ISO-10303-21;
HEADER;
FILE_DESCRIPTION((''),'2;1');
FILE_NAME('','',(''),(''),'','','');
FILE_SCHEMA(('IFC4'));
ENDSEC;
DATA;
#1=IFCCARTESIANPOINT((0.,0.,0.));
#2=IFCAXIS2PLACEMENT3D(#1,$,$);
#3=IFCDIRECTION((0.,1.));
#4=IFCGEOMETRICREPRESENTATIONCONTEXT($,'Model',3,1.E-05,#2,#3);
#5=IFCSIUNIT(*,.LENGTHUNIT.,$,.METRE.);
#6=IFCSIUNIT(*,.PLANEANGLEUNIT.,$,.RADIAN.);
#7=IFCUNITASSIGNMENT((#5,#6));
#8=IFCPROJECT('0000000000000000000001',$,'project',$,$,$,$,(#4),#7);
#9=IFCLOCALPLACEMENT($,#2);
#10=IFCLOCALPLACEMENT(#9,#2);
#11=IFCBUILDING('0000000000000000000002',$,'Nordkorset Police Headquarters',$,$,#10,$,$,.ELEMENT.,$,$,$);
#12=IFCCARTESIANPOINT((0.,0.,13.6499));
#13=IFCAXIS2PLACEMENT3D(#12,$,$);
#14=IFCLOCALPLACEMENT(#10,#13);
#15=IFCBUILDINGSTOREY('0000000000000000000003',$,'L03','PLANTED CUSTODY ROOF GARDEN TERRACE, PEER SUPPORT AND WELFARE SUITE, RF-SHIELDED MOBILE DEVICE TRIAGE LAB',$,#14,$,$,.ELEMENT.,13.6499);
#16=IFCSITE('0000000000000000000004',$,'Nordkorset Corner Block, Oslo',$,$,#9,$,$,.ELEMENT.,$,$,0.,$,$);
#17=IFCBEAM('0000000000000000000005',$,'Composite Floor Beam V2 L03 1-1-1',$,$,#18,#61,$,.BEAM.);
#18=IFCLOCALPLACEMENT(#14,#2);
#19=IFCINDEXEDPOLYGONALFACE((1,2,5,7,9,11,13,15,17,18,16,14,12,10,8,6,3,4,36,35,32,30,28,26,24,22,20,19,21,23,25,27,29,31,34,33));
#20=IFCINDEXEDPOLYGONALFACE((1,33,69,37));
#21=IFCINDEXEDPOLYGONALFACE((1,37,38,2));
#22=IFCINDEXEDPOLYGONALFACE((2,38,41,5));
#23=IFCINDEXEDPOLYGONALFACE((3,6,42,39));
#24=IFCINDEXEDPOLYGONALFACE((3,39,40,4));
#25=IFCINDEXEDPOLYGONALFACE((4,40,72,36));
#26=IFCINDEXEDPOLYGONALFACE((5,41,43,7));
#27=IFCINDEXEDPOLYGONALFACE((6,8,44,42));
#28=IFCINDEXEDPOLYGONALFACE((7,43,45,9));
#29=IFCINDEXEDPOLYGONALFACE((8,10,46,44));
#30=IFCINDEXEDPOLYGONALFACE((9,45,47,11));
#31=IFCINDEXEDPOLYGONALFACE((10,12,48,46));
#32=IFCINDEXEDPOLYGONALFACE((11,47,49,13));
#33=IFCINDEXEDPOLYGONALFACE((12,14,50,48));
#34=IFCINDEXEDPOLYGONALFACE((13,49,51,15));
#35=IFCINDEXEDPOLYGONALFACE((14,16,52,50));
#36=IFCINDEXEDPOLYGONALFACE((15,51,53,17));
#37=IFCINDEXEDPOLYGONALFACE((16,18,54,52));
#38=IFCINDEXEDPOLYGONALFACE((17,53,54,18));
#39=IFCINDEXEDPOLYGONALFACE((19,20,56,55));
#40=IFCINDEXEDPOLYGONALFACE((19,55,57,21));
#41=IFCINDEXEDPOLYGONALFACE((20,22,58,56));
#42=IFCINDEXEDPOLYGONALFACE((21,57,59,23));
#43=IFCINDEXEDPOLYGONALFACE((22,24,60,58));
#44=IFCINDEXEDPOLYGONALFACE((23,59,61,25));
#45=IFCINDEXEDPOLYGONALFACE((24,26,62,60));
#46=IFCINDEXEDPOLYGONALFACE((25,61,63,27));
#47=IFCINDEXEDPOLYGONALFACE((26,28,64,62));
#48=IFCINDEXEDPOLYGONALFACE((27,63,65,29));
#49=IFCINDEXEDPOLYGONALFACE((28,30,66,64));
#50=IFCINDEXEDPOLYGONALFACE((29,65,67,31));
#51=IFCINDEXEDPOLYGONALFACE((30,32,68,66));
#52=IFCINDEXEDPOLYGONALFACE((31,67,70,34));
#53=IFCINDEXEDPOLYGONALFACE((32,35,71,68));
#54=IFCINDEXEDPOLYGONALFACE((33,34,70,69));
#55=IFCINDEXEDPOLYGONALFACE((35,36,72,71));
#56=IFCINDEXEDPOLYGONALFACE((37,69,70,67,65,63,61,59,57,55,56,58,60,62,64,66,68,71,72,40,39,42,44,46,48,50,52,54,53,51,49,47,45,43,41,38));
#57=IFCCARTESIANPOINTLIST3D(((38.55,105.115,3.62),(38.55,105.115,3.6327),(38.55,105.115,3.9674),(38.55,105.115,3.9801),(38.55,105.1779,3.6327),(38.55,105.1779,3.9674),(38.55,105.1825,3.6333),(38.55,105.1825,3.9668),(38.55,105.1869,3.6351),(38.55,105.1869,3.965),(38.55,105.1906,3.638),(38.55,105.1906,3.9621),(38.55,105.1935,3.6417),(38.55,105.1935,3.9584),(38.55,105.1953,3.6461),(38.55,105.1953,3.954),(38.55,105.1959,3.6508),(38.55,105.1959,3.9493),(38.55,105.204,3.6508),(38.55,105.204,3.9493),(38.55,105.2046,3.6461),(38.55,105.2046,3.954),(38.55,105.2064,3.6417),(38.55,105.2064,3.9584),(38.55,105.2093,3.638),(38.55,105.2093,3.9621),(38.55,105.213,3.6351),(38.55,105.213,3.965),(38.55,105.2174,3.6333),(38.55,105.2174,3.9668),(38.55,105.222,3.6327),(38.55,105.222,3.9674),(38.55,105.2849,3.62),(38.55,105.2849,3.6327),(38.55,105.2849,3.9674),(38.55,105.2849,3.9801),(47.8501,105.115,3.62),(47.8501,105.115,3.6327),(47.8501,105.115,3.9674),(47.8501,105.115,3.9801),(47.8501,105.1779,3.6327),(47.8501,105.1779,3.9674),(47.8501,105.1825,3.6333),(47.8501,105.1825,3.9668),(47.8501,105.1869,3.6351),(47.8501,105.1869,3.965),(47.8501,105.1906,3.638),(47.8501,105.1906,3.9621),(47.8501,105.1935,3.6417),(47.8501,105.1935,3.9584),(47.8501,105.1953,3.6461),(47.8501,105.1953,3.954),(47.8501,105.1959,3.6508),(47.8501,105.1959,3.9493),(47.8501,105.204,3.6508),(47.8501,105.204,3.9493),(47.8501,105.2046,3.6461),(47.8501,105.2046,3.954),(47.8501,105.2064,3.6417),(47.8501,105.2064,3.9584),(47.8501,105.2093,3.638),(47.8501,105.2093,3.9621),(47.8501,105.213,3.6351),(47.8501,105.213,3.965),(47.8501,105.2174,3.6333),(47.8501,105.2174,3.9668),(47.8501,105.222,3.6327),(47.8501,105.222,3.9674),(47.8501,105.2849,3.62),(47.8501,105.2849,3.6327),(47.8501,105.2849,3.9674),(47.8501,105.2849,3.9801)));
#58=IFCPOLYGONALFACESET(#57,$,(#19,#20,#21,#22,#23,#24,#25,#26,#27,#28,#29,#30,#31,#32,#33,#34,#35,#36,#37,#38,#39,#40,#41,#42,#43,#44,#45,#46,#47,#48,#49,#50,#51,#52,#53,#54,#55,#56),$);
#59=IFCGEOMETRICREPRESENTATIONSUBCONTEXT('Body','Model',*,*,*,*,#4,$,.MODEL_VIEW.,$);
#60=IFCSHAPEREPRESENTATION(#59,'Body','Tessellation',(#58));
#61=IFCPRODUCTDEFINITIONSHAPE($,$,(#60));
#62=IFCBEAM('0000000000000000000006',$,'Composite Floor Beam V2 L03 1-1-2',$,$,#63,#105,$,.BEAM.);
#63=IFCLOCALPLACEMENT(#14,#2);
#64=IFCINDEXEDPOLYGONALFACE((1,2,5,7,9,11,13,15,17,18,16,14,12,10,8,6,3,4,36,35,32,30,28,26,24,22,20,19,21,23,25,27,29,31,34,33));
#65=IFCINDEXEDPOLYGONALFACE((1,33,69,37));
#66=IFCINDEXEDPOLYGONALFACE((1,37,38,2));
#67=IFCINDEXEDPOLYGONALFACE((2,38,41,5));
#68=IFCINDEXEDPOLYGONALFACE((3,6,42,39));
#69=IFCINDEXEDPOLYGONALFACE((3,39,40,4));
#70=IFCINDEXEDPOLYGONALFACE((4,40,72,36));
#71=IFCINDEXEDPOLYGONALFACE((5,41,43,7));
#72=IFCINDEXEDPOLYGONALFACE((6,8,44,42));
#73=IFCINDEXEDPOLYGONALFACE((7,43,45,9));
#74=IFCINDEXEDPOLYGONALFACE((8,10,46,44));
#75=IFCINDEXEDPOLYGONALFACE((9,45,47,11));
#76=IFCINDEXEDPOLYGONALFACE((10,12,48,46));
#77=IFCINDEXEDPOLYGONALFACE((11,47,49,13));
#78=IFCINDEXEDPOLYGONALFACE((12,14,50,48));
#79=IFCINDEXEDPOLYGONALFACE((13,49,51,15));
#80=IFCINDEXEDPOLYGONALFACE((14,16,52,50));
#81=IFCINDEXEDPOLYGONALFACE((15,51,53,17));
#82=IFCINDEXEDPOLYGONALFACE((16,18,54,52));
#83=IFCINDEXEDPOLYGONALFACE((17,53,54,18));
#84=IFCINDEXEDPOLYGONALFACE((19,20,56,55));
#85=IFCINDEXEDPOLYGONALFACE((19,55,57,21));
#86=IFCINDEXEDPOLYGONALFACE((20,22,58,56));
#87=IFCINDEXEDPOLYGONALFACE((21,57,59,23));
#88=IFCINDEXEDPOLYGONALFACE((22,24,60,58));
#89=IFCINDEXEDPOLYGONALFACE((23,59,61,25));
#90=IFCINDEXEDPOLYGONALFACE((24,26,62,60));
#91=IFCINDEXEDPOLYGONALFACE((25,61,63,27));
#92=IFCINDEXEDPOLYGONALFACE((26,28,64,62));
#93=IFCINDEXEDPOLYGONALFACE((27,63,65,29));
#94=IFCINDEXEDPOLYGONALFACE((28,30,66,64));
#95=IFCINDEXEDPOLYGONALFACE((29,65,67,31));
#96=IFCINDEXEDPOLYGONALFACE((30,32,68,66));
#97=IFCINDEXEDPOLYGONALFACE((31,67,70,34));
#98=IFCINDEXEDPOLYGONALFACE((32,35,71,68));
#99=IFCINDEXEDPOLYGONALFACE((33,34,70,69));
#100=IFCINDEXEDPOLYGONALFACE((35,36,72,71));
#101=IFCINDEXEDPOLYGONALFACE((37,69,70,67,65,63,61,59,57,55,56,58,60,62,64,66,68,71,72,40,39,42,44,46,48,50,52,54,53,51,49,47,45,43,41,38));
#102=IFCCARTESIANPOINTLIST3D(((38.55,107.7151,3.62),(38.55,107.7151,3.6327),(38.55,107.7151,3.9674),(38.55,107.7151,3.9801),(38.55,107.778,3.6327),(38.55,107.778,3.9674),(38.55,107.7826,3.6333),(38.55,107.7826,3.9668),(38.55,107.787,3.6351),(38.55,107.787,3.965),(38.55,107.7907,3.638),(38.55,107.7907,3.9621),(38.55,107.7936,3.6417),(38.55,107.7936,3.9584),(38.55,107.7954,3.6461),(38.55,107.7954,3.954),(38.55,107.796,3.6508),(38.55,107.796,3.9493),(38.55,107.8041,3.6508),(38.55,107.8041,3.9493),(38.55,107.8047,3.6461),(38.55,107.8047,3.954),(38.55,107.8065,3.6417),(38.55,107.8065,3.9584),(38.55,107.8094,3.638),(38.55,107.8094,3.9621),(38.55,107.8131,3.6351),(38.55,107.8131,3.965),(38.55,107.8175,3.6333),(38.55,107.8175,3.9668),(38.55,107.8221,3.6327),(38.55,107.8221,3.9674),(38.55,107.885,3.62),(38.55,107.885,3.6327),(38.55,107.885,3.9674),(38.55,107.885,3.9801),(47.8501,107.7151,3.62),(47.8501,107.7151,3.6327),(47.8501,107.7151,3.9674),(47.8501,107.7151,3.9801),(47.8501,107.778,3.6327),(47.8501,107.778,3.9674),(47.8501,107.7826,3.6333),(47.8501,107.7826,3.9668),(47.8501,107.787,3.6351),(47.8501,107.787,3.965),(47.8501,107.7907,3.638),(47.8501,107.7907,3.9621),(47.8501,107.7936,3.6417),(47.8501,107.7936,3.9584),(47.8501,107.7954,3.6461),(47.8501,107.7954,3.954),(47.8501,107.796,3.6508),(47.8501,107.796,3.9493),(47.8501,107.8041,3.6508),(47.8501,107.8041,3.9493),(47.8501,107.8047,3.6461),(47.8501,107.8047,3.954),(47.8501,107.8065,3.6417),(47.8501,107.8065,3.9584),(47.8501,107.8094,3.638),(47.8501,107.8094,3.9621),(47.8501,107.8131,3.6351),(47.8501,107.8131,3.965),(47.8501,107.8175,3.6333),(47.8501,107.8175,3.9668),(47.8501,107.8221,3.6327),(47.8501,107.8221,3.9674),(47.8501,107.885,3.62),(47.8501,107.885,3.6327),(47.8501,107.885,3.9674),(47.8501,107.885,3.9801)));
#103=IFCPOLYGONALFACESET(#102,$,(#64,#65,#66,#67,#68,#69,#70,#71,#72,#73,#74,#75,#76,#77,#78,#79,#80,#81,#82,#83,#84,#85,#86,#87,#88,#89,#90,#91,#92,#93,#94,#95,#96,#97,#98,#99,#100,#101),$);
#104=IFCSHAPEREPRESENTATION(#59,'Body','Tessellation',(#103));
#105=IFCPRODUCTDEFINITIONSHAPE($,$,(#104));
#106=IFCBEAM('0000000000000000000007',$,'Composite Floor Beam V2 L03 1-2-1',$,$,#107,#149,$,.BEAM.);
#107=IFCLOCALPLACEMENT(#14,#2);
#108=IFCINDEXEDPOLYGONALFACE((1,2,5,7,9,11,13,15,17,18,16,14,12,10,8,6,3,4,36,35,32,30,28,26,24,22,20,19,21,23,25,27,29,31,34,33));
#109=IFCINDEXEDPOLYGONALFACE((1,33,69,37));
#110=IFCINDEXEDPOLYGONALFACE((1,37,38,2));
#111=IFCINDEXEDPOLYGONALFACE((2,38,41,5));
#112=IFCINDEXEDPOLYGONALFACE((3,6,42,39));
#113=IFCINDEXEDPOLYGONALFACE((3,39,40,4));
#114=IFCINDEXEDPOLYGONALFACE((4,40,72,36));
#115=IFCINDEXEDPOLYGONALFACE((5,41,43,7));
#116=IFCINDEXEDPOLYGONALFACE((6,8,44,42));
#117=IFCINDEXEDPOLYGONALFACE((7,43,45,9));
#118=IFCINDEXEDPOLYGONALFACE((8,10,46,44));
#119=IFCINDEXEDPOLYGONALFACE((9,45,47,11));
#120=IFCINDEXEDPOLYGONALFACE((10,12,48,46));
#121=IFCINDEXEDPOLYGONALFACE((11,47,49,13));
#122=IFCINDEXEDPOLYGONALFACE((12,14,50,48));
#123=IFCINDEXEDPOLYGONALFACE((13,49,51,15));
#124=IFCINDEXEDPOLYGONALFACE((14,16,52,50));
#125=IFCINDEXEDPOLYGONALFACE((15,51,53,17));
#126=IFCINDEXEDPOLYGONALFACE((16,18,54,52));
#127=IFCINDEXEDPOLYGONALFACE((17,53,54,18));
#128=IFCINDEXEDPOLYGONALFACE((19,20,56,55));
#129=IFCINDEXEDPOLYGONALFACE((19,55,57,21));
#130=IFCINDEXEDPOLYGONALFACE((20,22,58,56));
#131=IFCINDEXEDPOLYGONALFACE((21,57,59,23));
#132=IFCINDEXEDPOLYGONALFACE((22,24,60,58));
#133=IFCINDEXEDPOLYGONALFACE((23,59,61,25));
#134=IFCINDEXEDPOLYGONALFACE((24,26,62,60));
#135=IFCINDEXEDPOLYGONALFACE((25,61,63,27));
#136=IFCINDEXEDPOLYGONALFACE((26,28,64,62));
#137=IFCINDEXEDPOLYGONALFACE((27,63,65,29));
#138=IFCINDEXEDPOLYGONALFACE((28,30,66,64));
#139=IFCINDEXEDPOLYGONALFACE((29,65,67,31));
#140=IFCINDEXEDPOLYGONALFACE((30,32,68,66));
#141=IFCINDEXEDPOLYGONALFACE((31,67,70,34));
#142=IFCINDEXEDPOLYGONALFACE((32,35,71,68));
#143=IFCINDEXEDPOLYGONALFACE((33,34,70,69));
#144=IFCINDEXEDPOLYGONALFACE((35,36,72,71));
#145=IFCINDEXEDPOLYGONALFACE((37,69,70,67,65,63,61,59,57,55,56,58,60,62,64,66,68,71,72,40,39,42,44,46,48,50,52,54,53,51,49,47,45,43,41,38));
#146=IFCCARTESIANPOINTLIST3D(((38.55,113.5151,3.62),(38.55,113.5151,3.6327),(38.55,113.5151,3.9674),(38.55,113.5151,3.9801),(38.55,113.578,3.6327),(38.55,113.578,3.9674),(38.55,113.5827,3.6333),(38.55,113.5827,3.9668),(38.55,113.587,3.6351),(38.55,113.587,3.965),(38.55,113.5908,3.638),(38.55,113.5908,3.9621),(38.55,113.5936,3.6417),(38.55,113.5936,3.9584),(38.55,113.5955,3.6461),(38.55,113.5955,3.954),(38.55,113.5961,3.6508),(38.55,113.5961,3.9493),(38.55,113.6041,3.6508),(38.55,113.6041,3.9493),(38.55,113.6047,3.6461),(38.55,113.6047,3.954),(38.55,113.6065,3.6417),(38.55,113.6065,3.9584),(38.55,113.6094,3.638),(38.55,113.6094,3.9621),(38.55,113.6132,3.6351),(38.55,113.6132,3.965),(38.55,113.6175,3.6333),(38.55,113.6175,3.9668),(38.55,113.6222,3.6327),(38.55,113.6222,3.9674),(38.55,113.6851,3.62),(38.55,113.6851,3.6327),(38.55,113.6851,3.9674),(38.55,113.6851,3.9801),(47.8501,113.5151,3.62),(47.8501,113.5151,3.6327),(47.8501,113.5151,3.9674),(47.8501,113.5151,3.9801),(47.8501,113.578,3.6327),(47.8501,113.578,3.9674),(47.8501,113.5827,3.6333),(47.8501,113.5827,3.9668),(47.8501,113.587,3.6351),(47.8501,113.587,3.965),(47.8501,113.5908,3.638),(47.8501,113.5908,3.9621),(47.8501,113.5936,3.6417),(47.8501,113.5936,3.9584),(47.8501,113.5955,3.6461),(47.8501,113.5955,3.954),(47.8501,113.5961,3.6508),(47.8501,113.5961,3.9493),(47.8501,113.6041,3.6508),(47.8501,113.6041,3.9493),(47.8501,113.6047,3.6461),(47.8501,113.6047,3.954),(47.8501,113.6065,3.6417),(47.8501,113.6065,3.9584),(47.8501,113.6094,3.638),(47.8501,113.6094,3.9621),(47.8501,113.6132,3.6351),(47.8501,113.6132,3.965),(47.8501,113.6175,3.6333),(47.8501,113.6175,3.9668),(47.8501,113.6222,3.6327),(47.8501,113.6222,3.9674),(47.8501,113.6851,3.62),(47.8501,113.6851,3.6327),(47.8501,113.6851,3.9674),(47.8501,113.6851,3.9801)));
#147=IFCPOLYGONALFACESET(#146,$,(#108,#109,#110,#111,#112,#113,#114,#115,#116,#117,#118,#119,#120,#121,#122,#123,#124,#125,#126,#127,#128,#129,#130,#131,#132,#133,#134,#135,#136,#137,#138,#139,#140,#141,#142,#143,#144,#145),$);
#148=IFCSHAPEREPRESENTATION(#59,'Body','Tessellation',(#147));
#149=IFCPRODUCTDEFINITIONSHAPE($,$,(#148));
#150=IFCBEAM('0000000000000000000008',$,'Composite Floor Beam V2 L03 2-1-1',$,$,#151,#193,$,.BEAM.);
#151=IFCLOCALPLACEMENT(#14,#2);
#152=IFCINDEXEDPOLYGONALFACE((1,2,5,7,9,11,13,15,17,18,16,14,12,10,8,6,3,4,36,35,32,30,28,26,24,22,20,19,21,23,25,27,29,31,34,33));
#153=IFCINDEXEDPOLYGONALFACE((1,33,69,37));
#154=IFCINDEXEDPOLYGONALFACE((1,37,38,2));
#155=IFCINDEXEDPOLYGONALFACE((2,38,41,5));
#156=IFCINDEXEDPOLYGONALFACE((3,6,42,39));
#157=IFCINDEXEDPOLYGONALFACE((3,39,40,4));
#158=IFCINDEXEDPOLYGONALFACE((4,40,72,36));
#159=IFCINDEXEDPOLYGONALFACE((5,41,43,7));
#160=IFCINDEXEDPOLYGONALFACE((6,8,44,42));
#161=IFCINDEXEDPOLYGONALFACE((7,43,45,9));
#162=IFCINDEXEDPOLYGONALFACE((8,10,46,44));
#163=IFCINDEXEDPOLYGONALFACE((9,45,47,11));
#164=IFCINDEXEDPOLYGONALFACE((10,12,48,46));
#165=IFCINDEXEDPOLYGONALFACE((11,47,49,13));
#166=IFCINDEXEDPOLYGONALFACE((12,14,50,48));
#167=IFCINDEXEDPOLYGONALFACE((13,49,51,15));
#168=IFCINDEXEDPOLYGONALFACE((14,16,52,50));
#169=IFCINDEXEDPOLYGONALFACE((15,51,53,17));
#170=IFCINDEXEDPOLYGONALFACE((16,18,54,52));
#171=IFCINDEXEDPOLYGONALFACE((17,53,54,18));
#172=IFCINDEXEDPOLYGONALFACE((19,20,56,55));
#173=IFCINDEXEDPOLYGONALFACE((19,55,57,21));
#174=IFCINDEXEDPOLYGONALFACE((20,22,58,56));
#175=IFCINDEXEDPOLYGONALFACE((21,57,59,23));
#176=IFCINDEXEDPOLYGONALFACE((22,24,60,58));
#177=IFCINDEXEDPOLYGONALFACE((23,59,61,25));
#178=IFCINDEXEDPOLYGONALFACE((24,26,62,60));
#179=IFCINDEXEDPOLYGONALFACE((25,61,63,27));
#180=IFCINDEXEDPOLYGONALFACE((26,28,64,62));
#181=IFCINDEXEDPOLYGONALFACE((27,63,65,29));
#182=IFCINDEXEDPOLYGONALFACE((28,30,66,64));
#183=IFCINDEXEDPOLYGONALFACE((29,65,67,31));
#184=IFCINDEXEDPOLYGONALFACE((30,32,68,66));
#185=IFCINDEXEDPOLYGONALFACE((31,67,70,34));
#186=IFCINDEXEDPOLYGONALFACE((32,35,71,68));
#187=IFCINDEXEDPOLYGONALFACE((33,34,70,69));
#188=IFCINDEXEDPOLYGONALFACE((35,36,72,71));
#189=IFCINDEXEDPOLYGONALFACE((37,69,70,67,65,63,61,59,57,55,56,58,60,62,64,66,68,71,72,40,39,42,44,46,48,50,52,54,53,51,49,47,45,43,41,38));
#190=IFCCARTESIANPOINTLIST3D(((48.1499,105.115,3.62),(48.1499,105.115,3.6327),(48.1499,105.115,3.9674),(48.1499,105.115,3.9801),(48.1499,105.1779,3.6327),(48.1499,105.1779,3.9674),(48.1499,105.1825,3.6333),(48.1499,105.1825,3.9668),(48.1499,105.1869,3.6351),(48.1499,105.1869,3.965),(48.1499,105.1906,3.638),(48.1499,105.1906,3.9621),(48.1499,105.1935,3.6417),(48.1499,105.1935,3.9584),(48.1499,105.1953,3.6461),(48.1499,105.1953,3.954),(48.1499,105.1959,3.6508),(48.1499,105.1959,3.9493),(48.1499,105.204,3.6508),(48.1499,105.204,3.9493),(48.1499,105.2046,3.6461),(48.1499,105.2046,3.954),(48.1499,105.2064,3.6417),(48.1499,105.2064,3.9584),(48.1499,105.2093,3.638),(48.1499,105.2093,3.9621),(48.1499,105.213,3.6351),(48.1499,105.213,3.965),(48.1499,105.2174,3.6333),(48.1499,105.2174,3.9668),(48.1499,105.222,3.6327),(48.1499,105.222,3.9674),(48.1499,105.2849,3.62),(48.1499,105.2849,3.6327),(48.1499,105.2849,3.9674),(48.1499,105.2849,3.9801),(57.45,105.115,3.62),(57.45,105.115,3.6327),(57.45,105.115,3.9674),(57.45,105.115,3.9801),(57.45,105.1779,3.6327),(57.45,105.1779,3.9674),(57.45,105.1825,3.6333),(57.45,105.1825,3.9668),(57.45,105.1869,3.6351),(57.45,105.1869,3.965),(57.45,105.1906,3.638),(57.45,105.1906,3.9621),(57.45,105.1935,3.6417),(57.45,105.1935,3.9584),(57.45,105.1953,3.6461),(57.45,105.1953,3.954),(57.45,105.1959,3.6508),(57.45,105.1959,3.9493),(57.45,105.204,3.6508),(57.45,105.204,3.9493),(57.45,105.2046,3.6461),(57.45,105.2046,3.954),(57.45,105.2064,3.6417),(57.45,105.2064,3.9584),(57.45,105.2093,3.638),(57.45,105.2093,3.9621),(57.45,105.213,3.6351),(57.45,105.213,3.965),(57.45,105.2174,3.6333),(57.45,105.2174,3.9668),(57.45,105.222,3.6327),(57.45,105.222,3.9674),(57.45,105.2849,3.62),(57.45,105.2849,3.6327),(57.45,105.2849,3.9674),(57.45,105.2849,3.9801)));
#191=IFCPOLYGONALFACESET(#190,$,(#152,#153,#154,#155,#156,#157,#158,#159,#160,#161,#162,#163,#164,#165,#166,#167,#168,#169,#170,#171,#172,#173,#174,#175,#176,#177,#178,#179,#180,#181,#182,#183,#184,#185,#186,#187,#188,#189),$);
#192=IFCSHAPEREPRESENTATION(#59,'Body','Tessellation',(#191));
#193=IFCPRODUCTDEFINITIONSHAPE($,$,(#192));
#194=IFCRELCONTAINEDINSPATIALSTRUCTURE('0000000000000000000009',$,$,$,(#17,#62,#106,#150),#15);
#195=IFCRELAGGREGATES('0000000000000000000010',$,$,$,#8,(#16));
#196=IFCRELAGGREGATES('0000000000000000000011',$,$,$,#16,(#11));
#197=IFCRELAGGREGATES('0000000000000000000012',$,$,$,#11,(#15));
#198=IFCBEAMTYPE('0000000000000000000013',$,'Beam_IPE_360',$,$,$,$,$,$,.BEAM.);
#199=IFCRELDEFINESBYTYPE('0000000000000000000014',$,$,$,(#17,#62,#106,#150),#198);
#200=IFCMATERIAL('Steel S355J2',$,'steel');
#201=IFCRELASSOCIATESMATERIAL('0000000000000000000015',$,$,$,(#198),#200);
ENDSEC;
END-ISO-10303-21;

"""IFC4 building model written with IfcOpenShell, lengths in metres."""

from ifc_helpers import new_model, si_unit, direction, frame, origin, origin_2d, place, context, subcontext, project, spatial, i_section, extrude, material, material_profile, profile_set, type_object, element, save


model = new_model("IFC4")

# Units and contexts
model_context = context("Model", 3, precision=1e-05, world=origin(), true_north=direction((0.0, 1.0)))
body_context = subcontext(model_context, "Body", "Model", "MODEL_VIEW")
ifc_project = project(units=[si_unit("LENGTHUNIT", "METRE"), si_unit("PLANEANGLEUNIT", "RADIAN")], contexts=[model_context])

# Site, building, storey
site_placement = place(None, origin())
site = spatial("IfcSite", under=ifc_project, at=site_placement, Name="Nordkorset Corner Block, Oslo", CompositionType="ELEMENT", RefElevation=0.0)
building_placement = place(site_placement, origin())
building = spatial("IfcBuilding", under=site, at=building_placement, Name="Nordkorset Police Headquarters", CompositionType="ELEMENT")
storey_placement = place(building_placement, frame((0.0, 0.0, 13.6499)))
storey = spatial("IfcBuildingStorey", under=building, at=storey_placement, Name="L03", Description="PLANTED CUSTODY ROOF GARDEN TERRACE, PEER SUPPORT AND WELFARE SUITE, RF-SHIELDED MOBILE DEVICE TRIAGE LAB", CompositionType="ELEMENT", Elevation=13.6499)

# Beams
ifc_material_1 = material(Name="Steel S355J2", Category="steel")
ifc_material_profile_1 = material_profile(ifc_material_1, i_section(OverallWidth=0.1699, OverallDepth=0.3601, WebThickness=0.0081, FlangeThickness=0.0127, FilletRadius=0.0181, at=origin_2d()), Name="IPE 360")
ifc_profile_set_1 = profile_set([ifc_material_profile_1], Name="Steel S355J2")
beam_type_1 = type_object("IfcBeamType", Name="Beam_IPE_360", PredefinedType="BEAM", material=ifc_profile_set_1)
for number, where, z_axis, x_axis, name in (
    (1, (38.55, 105.2, 3.8), (1.0, 0.0, 0.0), (0.0, 1.0, 0.0), "Composite Floor Beam V2 L03 1-1-1"),
    (2, (38.55, 107.8, 3.8), (1.0, 0.0, 0.0), (0.0, 1.0, 0.0), "Composite Floor Beam V2 L03 1-1-2"),
    (3, (38.55, 113.6001, 3.8), (1.0, 0.0, 0.0), (0.0, 1.0, 0.0), "Composite Floor Beam V2 L03 1-2-1"),
    (4, (48.1499, 105.2, 3.8), (1.0, 0.0, 0.0), (0.0, 1.0, 0.0), "Composite Floor Beam V2 L03 2-1-1"),
):
    element("IfcBeam", number, at=place(storey_placement, frame(where, z_axis=z_axis, x_axis=x_axis)), inside=storey, type_object=beam_type_1, Name=name, PredefinedType="BEAM", context=body_context, shape_type="SweptSolid", body=[
        extrude(i_section(OverallWidth=0.1699, OverallDepth=0.3601, WebThickness=0.0081, FlangeThickness=0.0127, FilletRadius=0.0181, at=origin_2d()), origin(), (0.0, 0.0, 1.0), 9.3),
    ])

save(model, "model.ifc")
